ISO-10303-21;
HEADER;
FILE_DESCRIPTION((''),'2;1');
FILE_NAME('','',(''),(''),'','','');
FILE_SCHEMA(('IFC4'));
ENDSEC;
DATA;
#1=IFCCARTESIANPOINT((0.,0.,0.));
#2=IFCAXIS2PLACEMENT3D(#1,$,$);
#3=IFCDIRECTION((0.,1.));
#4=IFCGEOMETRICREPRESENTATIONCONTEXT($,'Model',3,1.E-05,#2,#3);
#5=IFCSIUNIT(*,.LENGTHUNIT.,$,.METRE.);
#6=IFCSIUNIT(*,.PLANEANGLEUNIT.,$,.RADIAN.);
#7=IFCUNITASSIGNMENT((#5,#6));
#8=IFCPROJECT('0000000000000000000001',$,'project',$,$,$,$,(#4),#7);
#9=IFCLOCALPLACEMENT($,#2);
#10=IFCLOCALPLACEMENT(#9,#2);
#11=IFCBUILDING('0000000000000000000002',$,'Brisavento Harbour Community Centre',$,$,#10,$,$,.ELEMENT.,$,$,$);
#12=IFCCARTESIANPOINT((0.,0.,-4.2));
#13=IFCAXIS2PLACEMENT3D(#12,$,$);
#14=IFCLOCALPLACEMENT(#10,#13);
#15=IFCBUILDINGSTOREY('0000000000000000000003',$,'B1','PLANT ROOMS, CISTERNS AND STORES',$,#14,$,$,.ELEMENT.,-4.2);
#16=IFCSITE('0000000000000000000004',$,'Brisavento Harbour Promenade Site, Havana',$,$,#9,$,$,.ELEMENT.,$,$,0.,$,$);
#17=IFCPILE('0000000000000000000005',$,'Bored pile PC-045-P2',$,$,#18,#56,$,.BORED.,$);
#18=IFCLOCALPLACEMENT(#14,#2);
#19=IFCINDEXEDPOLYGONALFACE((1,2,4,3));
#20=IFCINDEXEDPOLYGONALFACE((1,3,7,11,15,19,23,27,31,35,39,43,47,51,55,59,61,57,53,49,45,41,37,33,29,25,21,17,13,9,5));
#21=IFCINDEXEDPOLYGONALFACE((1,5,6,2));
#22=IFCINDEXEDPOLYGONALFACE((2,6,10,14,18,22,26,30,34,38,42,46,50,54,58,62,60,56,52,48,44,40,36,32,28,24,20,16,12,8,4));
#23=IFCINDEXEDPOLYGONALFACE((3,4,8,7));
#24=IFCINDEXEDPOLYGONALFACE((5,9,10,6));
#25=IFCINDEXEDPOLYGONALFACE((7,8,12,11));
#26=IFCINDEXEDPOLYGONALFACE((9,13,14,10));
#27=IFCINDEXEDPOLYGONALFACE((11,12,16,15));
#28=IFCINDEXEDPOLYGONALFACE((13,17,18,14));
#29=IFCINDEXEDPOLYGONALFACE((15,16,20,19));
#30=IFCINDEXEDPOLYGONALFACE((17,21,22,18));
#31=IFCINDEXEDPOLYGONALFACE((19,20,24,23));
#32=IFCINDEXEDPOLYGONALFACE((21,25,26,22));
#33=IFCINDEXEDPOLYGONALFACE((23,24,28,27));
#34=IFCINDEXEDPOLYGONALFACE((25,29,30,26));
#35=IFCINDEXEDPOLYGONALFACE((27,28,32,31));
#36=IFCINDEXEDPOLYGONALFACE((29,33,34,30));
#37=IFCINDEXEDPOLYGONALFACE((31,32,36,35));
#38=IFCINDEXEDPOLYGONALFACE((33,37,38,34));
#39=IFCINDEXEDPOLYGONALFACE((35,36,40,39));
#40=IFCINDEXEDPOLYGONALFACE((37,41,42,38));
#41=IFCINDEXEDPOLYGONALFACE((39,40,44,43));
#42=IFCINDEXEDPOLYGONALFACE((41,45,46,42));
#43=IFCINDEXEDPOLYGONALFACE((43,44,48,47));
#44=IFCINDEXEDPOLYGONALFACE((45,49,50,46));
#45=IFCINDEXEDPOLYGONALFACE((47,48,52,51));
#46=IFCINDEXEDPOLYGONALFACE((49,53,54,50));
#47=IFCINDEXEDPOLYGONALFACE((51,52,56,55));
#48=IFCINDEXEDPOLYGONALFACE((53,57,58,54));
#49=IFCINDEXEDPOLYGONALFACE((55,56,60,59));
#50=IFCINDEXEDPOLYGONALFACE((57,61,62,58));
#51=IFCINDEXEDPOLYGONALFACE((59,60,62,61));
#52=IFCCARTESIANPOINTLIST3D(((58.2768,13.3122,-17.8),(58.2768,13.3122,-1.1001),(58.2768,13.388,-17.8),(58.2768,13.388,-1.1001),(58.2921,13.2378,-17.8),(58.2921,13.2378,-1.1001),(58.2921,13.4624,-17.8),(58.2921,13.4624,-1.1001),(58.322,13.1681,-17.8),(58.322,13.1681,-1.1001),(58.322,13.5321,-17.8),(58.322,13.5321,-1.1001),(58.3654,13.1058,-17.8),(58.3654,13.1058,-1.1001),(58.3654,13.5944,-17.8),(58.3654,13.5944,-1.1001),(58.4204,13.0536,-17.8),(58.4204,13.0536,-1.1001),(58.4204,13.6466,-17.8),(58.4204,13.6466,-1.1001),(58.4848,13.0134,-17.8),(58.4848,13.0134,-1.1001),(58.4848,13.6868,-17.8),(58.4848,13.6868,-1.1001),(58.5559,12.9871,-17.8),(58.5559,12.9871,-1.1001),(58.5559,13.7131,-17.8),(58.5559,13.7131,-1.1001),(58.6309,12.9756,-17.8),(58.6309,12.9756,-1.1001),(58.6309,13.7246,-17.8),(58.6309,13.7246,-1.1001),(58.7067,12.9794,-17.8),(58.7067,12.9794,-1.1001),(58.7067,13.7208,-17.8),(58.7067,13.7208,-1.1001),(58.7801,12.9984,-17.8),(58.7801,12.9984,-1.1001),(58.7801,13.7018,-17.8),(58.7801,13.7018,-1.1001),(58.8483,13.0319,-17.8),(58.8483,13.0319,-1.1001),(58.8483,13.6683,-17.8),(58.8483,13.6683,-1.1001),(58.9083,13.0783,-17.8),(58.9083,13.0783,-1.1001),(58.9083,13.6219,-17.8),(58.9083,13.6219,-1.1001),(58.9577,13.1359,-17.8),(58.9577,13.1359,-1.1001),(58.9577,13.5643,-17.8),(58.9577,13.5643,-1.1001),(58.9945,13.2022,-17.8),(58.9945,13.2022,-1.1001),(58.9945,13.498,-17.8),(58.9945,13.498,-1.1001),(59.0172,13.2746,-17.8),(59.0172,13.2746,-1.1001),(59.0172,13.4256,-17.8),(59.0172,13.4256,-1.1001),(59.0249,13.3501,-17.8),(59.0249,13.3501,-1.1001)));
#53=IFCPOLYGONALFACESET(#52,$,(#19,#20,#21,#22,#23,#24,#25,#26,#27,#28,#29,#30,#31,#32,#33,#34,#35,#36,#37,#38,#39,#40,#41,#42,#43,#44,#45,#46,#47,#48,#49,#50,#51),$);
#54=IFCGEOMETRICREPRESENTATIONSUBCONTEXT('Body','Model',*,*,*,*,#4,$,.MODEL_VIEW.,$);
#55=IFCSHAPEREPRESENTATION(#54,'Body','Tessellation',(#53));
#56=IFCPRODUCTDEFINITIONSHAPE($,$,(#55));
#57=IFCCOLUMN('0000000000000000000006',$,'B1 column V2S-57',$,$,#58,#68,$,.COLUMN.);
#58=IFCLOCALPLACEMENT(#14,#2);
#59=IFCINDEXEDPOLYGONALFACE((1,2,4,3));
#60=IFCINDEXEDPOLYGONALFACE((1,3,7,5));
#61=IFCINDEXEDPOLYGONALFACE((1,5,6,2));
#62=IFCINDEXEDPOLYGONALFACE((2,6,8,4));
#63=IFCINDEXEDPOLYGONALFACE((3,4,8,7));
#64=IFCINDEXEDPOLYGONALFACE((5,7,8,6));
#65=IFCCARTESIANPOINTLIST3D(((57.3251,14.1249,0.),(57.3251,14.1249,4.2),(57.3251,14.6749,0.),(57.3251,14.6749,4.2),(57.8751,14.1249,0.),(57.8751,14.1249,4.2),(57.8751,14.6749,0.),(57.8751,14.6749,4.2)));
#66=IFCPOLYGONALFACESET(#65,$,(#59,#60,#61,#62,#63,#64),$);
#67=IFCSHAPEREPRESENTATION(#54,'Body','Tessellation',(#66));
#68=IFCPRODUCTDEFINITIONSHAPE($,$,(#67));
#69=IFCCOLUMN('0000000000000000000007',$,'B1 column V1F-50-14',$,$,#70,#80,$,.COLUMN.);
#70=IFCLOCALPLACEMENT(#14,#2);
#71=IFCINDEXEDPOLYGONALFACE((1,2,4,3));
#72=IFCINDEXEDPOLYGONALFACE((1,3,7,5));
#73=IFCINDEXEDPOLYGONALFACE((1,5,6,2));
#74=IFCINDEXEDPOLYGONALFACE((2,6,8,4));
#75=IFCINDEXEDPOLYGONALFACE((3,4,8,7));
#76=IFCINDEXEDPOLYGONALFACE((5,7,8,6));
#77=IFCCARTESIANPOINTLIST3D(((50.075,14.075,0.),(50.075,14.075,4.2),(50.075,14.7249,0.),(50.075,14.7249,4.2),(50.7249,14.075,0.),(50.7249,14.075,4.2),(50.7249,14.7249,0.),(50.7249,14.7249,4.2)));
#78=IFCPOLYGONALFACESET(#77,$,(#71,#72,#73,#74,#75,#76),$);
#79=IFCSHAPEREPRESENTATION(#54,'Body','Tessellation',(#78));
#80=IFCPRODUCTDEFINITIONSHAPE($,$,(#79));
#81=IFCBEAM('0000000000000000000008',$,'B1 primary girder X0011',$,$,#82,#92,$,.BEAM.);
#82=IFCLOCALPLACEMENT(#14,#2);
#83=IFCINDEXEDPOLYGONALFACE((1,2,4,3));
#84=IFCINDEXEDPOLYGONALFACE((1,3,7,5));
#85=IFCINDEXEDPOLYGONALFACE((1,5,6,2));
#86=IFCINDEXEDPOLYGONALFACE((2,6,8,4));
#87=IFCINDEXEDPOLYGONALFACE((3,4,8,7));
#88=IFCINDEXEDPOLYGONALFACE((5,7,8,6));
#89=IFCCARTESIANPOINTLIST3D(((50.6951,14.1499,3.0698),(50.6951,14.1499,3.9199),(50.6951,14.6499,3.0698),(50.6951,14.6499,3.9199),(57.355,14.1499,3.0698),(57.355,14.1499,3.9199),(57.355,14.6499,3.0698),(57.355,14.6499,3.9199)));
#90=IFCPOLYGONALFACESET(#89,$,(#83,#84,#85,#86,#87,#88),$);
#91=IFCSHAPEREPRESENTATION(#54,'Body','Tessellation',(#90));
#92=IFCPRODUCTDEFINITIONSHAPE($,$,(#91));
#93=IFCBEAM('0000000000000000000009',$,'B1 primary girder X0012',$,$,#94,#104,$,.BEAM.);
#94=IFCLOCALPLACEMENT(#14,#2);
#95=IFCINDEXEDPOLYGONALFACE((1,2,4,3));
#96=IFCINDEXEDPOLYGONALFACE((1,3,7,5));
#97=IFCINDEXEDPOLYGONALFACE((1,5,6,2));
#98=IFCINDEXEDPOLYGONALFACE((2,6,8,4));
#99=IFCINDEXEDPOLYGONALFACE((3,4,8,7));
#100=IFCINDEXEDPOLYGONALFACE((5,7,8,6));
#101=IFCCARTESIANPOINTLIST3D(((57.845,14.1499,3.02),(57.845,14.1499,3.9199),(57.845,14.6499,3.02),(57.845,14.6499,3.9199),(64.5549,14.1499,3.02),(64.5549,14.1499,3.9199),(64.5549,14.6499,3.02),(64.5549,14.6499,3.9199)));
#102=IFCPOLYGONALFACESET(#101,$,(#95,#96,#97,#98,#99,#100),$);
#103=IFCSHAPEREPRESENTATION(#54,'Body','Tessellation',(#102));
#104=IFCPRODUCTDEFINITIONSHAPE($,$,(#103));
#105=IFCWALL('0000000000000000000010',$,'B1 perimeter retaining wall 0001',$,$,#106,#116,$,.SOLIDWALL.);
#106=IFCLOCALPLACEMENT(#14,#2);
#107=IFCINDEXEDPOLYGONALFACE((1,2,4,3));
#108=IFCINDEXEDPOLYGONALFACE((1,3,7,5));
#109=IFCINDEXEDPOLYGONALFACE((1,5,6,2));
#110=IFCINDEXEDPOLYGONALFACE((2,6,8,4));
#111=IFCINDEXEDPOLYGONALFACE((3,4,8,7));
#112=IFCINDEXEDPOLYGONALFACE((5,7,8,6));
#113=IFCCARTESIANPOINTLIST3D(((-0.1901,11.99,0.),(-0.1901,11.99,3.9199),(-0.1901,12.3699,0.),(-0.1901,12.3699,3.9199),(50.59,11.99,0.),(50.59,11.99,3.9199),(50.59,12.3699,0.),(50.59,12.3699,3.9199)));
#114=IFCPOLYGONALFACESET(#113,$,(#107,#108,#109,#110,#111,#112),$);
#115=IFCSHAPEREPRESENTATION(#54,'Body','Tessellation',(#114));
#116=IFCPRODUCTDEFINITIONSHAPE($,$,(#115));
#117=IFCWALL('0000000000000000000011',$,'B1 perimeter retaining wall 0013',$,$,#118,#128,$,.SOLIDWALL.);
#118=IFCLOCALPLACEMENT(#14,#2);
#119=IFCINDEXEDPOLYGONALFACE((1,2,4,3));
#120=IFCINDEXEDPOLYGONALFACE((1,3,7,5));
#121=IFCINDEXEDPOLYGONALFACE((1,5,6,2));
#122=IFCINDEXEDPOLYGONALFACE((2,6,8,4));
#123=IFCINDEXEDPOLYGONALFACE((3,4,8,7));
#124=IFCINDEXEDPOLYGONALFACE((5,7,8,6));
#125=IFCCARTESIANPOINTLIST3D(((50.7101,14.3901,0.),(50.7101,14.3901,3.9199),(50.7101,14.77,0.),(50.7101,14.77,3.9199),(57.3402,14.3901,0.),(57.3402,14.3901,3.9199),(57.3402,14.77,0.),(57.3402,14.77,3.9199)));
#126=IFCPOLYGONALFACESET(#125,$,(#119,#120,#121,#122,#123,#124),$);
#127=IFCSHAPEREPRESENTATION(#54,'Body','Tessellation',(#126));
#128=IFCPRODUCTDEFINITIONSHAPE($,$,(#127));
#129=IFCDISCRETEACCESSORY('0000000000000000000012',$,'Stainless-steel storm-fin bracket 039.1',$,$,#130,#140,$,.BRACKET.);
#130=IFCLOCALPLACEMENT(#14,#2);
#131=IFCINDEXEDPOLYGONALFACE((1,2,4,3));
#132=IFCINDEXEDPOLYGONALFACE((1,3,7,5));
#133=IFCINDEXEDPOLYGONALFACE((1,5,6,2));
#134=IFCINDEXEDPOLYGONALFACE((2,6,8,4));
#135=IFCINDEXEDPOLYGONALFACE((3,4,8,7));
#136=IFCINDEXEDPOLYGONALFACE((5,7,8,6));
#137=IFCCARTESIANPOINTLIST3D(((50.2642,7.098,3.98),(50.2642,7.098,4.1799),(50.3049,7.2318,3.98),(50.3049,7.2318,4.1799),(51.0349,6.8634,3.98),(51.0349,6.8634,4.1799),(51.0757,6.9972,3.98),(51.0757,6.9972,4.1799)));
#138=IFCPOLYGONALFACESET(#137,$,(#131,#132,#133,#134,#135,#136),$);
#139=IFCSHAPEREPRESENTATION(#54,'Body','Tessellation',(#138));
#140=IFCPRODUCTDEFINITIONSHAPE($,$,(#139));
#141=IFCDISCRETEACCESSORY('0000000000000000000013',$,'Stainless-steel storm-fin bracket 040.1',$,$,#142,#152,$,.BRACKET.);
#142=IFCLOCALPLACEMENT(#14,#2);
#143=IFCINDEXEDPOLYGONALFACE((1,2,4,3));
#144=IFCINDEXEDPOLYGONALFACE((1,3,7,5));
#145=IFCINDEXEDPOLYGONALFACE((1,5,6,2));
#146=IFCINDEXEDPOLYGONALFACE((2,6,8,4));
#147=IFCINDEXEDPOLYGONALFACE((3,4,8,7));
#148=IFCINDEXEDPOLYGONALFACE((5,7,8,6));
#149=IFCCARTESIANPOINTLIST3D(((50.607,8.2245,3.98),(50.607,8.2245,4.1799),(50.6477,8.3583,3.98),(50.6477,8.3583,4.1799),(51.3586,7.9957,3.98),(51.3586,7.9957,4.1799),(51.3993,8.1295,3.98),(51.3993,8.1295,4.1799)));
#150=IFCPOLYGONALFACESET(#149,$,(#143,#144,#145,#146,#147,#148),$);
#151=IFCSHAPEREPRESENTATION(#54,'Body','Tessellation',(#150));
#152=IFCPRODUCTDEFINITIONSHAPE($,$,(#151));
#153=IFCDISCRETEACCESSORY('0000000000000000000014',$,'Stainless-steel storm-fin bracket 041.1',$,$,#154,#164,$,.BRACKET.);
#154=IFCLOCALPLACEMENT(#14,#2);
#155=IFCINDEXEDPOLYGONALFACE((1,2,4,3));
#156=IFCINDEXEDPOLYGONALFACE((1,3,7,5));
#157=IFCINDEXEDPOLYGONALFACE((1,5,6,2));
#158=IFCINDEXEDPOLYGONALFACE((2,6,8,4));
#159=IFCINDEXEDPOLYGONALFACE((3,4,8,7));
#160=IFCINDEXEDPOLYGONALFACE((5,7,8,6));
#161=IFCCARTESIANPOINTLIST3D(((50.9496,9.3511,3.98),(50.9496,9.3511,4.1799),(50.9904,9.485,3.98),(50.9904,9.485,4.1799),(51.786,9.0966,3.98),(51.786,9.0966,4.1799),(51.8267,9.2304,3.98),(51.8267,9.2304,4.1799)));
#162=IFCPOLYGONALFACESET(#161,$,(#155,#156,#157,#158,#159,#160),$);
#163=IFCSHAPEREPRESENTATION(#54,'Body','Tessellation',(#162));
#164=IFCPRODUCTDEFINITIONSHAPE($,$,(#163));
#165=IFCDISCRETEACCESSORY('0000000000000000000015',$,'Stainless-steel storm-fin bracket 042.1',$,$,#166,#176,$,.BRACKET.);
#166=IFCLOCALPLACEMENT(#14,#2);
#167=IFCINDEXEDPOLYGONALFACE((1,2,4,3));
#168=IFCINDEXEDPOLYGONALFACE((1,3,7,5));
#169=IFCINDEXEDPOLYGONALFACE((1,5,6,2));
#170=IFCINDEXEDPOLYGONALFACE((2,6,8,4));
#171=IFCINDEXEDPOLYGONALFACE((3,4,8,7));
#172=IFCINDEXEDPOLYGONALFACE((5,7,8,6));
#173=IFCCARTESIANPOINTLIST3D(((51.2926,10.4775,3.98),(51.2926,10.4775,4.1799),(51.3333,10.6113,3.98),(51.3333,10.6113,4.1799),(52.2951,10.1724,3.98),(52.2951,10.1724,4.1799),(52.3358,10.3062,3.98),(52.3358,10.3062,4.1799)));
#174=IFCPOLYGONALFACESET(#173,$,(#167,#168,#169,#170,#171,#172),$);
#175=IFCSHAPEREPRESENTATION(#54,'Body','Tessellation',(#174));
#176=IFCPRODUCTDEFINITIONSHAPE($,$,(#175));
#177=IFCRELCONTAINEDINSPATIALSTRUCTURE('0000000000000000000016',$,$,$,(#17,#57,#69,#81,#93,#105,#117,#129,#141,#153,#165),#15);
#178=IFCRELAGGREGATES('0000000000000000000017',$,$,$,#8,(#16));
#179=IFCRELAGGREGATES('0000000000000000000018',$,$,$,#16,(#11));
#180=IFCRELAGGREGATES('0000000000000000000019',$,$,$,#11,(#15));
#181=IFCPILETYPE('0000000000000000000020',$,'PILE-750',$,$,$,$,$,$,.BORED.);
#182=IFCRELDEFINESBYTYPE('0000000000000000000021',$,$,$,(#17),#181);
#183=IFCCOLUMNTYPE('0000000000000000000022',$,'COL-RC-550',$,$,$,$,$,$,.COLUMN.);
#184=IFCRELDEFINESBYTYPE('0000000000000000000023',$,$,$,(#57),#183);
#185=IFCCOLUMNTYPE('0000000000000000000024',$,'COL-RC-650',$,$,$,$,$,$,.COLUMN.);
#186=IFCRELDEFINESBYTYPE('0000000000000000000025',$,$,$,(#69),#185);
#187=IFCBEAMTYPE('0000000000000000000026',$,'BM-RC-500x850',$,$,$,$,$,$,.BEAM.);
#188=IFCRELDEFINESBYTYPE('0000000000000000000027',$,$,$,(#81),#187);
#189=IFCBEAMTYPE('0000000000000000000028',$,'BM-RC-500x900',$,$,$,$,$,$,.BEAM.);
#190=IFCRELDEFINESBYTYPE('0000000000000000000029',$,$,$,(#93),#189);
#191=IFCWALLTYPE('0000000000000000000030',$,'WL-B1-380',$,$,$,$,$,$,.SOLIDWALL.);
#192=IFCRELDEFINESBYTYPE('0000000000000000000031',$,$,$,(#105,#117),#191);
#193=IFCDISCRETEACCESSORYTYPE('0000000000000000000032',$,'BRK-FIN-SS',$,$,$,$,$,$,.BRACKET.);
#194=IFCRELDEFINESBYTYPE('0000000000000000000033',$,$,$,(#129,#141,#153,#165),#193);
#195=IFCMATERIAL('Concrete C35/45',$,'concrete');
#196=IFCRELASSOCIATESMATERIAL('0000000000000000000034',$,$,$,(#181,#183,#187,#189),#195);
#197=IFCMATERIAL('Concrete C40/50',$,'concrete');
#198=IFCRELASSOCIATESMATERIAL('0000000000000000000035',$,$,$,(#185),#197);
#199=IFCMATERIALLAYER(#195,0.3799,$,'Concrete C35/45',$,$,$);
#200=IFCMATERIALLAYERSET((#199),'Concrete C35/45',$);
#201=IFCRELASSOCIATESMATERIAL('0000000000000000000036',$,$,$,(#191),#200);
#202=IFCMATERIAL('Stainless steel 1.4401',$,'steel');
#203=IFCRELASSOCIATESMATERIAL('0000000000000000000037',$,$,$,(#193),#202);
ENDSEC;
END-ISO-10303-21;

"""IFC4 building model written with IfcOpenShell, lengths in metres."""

from ifc_helpers import new_model, si_unit, direction, frame, frame_2d, origin, origin_2d, place, context, subcontext, project, spatial, rectangle, circle, extrude, material, layer, layer_set, material_profile, profile_set, type_object, element, save


model = new_model("IFC4")

# Units and contexts
model_context = context("Model", 3, precision=1e-05, world=origin(), true_north=direction((0.0, 1.0)))
body_context = subcontext(model_context, "Body", "Model", "MODEL_VIEW")
ifc_project = project(units=[si_unit("LENGTHUNIT", "METRE"), si_unit("PLANEANGLEUNIT", "RADIAN")], contexts=[model_context])

# Site, building, storey
site_placement = place(None, origin())
site = spatial("IfcSite", under=ifc_project, at=site_placement, Name="Brisavento Harbour Promenade Site, Havana", CompositionType="ELEMENT", RefElevation=0.0)
building_placement = place(site_placement, origin())
building = spatial("IfcBuilding", under=site, at=building_placement, Name="Brisavento Harbour Community Centre", CompositionType="ELEMENT")
storey_placement = place(building_placement, frame((0.0, 0.0, -4.2)))
storey = spatial("IfcBuildingStorey", under=building, at=storey_placement, Name="B1", Description="PLANT ROOMS, CISTERNS AND STORES", CompositionType="ELEMENT", Elevation=-4.2)

# Shared definitions
ifc_material_1 = material(Name="Concrete C35/45", Category="concrete")

# Pile
ifc_material_profile_1 = material_profile(ifc_material_1, circle(Radius=0.375, at=origin_2d()), Name="Concrete C35/45")
ifc_profile_set_1 = profile_set([ifc_material_profile_1], Name="Concrete C35/45")
pile_type = type_object("IfcPileType", Name="PILE-750", PredefinedType="BORED", material=ifc_profile_set_1)
for number, where, z_axis, x_axis, name in (
    (1, (58.6499, 13.3501, -1.1001), (0.0, 0.0, -1.0), (1.0, 0.0, 0.0), "Bored pile PC-045-P2"),
):
    element("IfcPile", number, at=place(storey_placement, frame(where, z_axis=z_axis, x_axis=x_axis)), inside=storey, type_object=pile_type, Name=name, PredefinedType="BORED", context=body_context, shape_type="SweptSolid", body=[
        extrude(circle(Radius=0.375, at=origin_2d()), origin(), (0.0, 0.0, 1.0), 16.7),
    ])

# Columns
ifc_material_profile_2 = material_profile(ifc_material_1, rectangle(XDim=0.55, YDim=0.55, at=origin_2d()), Name="Concrete C35/45")
ifc_profile_set_2 = profile_set([ifc_material_profile_2], Name="Concrete C35/45")
column_type_1 = type_object("IfcColumnType", Name="COL-RC-550", PredefinedType="COLUMN", material=ifc_profile_set_2)
column_1_placement = place(storey_placement, frame((57.6001, 14.3999, 0.0), z_axis=(0.0, 0.0, 1.0), x_axis=(1.0, 0.0, 0.0)))
element("IfcColumn", 2, at=column_1_placement, inside=storey, type_object=column_type_1, Name="B1 column V2S-57", PredefinedType="COLUMN", context=body_context, shape_type="SweptSolid", body=[
    extrude(rectangle(XDim=0.55, YDim=0.55, at=origin_2d()), origin(), (0.0, 0.0, 1.0), 4.2),
])
ifc_material_2 = material(Name="Concrete C40/50", Category="concrete")
ifc_material_profile_3 = material_profile(ifc_material_2, rectangle(XDim=0.6499, YDim=0.6499, at=origin_2d()), Name="Concrete C40/50")
ifc_profile_set_3 = profile_set([ifc_material_profile_3], Name="Concrete C40/50")
column_type_2 = type_object("IfcColumnType", Name="COL-RC-650", PredefinedType="COLUMN", material=ifc_profile_set_3)
column_2_placement = place(storey_placement, frame((50.3999, 14.3999, 0.0), z_axis=(0.0, 0.0, 1.0), x_axis=(1.0, 0.0, 0.0)))
element("IfcColumn", 3, at=column_2_placement, inside=storey, type_object=column_type_2, Name="B1 column V1F-50-14", PredefinedType="COLUMN", context=body_context, shape_type="SweptSolid", body=[
    extrude(rectangle(XDim=0.6499, YDim=0.6499, at=origin_2d()), origin(), (0.0, 0.0, 1.0), 4.2),
])

# Beams
ifc_material_profile_4 = material_profile(ifc_material_1, rectangle(XDim=0.5, YDim=0.8501, at=origin_2d()), Name="Concrete C35/45")
ifc_profile_set_4 = profile_set([ifc_material_profile_4], Name="Concrete C35/45")
beam_type_1 = type_object("IfcBeamType", Name="BM-RC-500x850", PredefinedType="BEAM", material=ifc_profile_set_4)
beam_1_placement = place(storey_placement, frame((50.6951, 14.3999, 3.4949), z_axis=(1.0, 0.0, 0.0), x_axis=(0.0, 1.0, 0.0)))
element("IfcBeam", 4, at=beam_1_placement, inside=storey, type_object=beam_type_1, Name="B1 primary girder X0011", PredefinedType="BEAM", context=body_context, shape_type="SweptSolid", body=[
    extrude(rectangle(XDim=0.5, YDim=0.8501, at=origin_2d()), origin(), (0.0, 0.0, 1.0), 6.6599),
])
ifc_material_profile_5 = material_profile(ifc_material_1, rectangle(XDim=0.5, YDim=0.8999, at=origin_2d()), Name="Concrete C35/45")
ifc_profile_set_5 = profile_set([ifc_material_profile_5], Name="Concrete C35/45")
beam_type_2 = type_object("IfcBeamType", Name="BM-RC-500x900", PredefinedType="BEAM", material=ifc_profile_set_5)
beam_2_placement = place(storey_placement, frame((57.845, 14.3999, 3.47), z_axis=(1.0, 0.0, 0.0), x_axis=(0.0, 1.0, 0.0)))
element("IfcBeam", 5, at=beam_2_placement, inside=storey, type_object=beam_type_2, Name="B1 primary girder X0012", PredefinedType="BEAM", context=body_context, shape_type="SweptSolid", body=[
    extrude(rectangle(XDim=0.5, YDim=0.8999, at=origin_2d()), origin(), (0.0, 0.0, 1.0), 6.71),
])

# Walls
ifc_layer = layer(ifc_material_1, 0.3799, Name="Concrete C35/45")
ifc_layer_set = layer_set([ifc_layer], Name="Concrete C35/45")
wall_type = type_object("IfcWallType", Name="WL-B1-380", PredefinedType="SOLIDWALL", material=ifc_layer_set)
wall_1_placement = place(storey_placement, frame((50.5901, 12.1799, 0.0), z_axis=(0.0, 0.0, 1.0), x_axis=(-1.0, 0.0, 0.0)))
element("IfcWall", 6, at=wall_1_placement, inside=storey, type_object=wall_type, Name="B1 perimeter retaining wall 0001", PredefinedType="SOLIDWALL", context=body_context, shape_type="SweptSolid", body=[
    extrude(rectangle(XDim=50.78, YDim=0.3799, at=frame_2d((25.3901, 0.0))), origin(), (0.0, 0.0, 1.0), 3.9199),
])
wall_2_placement = place(storey_placement, frame((57.3401, 14.5801, 0.0), z_axis=(0.0, 0.0, 1.0), x_axis=(-1.0, 0.0, 0.0)))
element("IfcWall", 7, at=wall_2_placement, inside=storey, type_object=wall_type, Name="B1 perimeter retaining wall 0013", PredefinedType="SOLIDWALL", context=body_context, shape_type="SweptSolid", body=[
    extrude(rectangle(XDim=6.6301, YDim=0.3799, at=frame_2d((3.3149, 0.0))), origin(), (0.0, 0.0, 1.0), 3.9199),
])

# Discrete accessories
ifc_material_3 = material(Name="Stainless steel 1.4401", Category="steel")
discrete_accessory_type = type_object("IfcDiscreteAccessoryType", Name="BRK-FIN-SS", PredefinedType="BRACKET", material=ifc_material_3)
discrete_accessory_1_placement = place(storey_placement, frame((50.6699, 7.0476, 3.98), z_axis=(0.0, 0.0, 1.0), x_axis=(0.956676, -0.291153, 0.0)))
element("IfcDiscreteAccessory", 8, at=discrete_accessory_1_placement, inside=storey, type_object=discrete_accessory_type, Name="Stainless-steel storm-fin bracket 039.1", PredefinedType="BRACKET", context=body_context, shape_type="SweptSolid", body=[
    extrude(rectangle(XDim=0.8057, YDim=0.1399, at=origin_2d()), origin(), (0.0, 0.0, 1.0), 0.2),
])
discrete_accessory_2_placement = place(storey_placement, frame((51.0032, 8.177, 3.98), z_axis=(0.0, 0.0, 1.0), x_axis=(0.956676, -0.291153, 0.0)))
element("IfcDiscreteAccessory", 9, at=discrete_accessory_2_placement, inside=storey, type_object=discrete_accessory_type, Name="Stainless-steel storm-fin bracket 040.1", PredefinedType="BRACKET", context=body_context, shape_type="SweptSolid", body=[
    extrude(rectangle(XDim=0.7856, YDim=0.1399, at=origin_2d()), origin(), (0.0, 0.0, 1.0), 0.2),
])
discrete_accessory_3_placement = place(storey_placement, frame((51.3882, 9.2908, 3.98), z_axis=(0.0, 0.0, 1.0), x_axis=(0.956676, -0.291153, 0.0)))
element("IfcDiscreteAccessory", 10, at=discrete_accessory_3_placement, inside=storey, type_object=discrete_accessory_type, Name="Stainless-steel storm-fin bracket 041.1", PredefinedType="BRACKET", context=body_context, shape_type="SweptSolid", body=[
    extrude(rectangle(XDim=0.8743, YDim=0.1399, at=origin_2d()), origin(), (0.0, 0.0, 1.0), 0.2),
])
discrete_accessory_4_placement = place(storey_placement, frame((51.8142, 10.3918, 3.98), z_axis=(0.0, 0.0, 1.0), x_axis=(0.956676, -0.291153, 0.0)))
element("IfcDiscreteAccessory", 11, at=discrete_accessory_4_placement, inside=storey, type_object=discrete_accessory_type, Name="Stainless-steel storm-fin bracket 042.1", PredefinedType="BRACKET", context=body_context, shape_type="SweptSolid", body=[
    extrude(rectangle(XDim=1.0479, YDim=0.1399, at=origin_2d()), origin(), (0.0, 0.0, 1.0), 0.2),
])

save(model, "model.ifc")
